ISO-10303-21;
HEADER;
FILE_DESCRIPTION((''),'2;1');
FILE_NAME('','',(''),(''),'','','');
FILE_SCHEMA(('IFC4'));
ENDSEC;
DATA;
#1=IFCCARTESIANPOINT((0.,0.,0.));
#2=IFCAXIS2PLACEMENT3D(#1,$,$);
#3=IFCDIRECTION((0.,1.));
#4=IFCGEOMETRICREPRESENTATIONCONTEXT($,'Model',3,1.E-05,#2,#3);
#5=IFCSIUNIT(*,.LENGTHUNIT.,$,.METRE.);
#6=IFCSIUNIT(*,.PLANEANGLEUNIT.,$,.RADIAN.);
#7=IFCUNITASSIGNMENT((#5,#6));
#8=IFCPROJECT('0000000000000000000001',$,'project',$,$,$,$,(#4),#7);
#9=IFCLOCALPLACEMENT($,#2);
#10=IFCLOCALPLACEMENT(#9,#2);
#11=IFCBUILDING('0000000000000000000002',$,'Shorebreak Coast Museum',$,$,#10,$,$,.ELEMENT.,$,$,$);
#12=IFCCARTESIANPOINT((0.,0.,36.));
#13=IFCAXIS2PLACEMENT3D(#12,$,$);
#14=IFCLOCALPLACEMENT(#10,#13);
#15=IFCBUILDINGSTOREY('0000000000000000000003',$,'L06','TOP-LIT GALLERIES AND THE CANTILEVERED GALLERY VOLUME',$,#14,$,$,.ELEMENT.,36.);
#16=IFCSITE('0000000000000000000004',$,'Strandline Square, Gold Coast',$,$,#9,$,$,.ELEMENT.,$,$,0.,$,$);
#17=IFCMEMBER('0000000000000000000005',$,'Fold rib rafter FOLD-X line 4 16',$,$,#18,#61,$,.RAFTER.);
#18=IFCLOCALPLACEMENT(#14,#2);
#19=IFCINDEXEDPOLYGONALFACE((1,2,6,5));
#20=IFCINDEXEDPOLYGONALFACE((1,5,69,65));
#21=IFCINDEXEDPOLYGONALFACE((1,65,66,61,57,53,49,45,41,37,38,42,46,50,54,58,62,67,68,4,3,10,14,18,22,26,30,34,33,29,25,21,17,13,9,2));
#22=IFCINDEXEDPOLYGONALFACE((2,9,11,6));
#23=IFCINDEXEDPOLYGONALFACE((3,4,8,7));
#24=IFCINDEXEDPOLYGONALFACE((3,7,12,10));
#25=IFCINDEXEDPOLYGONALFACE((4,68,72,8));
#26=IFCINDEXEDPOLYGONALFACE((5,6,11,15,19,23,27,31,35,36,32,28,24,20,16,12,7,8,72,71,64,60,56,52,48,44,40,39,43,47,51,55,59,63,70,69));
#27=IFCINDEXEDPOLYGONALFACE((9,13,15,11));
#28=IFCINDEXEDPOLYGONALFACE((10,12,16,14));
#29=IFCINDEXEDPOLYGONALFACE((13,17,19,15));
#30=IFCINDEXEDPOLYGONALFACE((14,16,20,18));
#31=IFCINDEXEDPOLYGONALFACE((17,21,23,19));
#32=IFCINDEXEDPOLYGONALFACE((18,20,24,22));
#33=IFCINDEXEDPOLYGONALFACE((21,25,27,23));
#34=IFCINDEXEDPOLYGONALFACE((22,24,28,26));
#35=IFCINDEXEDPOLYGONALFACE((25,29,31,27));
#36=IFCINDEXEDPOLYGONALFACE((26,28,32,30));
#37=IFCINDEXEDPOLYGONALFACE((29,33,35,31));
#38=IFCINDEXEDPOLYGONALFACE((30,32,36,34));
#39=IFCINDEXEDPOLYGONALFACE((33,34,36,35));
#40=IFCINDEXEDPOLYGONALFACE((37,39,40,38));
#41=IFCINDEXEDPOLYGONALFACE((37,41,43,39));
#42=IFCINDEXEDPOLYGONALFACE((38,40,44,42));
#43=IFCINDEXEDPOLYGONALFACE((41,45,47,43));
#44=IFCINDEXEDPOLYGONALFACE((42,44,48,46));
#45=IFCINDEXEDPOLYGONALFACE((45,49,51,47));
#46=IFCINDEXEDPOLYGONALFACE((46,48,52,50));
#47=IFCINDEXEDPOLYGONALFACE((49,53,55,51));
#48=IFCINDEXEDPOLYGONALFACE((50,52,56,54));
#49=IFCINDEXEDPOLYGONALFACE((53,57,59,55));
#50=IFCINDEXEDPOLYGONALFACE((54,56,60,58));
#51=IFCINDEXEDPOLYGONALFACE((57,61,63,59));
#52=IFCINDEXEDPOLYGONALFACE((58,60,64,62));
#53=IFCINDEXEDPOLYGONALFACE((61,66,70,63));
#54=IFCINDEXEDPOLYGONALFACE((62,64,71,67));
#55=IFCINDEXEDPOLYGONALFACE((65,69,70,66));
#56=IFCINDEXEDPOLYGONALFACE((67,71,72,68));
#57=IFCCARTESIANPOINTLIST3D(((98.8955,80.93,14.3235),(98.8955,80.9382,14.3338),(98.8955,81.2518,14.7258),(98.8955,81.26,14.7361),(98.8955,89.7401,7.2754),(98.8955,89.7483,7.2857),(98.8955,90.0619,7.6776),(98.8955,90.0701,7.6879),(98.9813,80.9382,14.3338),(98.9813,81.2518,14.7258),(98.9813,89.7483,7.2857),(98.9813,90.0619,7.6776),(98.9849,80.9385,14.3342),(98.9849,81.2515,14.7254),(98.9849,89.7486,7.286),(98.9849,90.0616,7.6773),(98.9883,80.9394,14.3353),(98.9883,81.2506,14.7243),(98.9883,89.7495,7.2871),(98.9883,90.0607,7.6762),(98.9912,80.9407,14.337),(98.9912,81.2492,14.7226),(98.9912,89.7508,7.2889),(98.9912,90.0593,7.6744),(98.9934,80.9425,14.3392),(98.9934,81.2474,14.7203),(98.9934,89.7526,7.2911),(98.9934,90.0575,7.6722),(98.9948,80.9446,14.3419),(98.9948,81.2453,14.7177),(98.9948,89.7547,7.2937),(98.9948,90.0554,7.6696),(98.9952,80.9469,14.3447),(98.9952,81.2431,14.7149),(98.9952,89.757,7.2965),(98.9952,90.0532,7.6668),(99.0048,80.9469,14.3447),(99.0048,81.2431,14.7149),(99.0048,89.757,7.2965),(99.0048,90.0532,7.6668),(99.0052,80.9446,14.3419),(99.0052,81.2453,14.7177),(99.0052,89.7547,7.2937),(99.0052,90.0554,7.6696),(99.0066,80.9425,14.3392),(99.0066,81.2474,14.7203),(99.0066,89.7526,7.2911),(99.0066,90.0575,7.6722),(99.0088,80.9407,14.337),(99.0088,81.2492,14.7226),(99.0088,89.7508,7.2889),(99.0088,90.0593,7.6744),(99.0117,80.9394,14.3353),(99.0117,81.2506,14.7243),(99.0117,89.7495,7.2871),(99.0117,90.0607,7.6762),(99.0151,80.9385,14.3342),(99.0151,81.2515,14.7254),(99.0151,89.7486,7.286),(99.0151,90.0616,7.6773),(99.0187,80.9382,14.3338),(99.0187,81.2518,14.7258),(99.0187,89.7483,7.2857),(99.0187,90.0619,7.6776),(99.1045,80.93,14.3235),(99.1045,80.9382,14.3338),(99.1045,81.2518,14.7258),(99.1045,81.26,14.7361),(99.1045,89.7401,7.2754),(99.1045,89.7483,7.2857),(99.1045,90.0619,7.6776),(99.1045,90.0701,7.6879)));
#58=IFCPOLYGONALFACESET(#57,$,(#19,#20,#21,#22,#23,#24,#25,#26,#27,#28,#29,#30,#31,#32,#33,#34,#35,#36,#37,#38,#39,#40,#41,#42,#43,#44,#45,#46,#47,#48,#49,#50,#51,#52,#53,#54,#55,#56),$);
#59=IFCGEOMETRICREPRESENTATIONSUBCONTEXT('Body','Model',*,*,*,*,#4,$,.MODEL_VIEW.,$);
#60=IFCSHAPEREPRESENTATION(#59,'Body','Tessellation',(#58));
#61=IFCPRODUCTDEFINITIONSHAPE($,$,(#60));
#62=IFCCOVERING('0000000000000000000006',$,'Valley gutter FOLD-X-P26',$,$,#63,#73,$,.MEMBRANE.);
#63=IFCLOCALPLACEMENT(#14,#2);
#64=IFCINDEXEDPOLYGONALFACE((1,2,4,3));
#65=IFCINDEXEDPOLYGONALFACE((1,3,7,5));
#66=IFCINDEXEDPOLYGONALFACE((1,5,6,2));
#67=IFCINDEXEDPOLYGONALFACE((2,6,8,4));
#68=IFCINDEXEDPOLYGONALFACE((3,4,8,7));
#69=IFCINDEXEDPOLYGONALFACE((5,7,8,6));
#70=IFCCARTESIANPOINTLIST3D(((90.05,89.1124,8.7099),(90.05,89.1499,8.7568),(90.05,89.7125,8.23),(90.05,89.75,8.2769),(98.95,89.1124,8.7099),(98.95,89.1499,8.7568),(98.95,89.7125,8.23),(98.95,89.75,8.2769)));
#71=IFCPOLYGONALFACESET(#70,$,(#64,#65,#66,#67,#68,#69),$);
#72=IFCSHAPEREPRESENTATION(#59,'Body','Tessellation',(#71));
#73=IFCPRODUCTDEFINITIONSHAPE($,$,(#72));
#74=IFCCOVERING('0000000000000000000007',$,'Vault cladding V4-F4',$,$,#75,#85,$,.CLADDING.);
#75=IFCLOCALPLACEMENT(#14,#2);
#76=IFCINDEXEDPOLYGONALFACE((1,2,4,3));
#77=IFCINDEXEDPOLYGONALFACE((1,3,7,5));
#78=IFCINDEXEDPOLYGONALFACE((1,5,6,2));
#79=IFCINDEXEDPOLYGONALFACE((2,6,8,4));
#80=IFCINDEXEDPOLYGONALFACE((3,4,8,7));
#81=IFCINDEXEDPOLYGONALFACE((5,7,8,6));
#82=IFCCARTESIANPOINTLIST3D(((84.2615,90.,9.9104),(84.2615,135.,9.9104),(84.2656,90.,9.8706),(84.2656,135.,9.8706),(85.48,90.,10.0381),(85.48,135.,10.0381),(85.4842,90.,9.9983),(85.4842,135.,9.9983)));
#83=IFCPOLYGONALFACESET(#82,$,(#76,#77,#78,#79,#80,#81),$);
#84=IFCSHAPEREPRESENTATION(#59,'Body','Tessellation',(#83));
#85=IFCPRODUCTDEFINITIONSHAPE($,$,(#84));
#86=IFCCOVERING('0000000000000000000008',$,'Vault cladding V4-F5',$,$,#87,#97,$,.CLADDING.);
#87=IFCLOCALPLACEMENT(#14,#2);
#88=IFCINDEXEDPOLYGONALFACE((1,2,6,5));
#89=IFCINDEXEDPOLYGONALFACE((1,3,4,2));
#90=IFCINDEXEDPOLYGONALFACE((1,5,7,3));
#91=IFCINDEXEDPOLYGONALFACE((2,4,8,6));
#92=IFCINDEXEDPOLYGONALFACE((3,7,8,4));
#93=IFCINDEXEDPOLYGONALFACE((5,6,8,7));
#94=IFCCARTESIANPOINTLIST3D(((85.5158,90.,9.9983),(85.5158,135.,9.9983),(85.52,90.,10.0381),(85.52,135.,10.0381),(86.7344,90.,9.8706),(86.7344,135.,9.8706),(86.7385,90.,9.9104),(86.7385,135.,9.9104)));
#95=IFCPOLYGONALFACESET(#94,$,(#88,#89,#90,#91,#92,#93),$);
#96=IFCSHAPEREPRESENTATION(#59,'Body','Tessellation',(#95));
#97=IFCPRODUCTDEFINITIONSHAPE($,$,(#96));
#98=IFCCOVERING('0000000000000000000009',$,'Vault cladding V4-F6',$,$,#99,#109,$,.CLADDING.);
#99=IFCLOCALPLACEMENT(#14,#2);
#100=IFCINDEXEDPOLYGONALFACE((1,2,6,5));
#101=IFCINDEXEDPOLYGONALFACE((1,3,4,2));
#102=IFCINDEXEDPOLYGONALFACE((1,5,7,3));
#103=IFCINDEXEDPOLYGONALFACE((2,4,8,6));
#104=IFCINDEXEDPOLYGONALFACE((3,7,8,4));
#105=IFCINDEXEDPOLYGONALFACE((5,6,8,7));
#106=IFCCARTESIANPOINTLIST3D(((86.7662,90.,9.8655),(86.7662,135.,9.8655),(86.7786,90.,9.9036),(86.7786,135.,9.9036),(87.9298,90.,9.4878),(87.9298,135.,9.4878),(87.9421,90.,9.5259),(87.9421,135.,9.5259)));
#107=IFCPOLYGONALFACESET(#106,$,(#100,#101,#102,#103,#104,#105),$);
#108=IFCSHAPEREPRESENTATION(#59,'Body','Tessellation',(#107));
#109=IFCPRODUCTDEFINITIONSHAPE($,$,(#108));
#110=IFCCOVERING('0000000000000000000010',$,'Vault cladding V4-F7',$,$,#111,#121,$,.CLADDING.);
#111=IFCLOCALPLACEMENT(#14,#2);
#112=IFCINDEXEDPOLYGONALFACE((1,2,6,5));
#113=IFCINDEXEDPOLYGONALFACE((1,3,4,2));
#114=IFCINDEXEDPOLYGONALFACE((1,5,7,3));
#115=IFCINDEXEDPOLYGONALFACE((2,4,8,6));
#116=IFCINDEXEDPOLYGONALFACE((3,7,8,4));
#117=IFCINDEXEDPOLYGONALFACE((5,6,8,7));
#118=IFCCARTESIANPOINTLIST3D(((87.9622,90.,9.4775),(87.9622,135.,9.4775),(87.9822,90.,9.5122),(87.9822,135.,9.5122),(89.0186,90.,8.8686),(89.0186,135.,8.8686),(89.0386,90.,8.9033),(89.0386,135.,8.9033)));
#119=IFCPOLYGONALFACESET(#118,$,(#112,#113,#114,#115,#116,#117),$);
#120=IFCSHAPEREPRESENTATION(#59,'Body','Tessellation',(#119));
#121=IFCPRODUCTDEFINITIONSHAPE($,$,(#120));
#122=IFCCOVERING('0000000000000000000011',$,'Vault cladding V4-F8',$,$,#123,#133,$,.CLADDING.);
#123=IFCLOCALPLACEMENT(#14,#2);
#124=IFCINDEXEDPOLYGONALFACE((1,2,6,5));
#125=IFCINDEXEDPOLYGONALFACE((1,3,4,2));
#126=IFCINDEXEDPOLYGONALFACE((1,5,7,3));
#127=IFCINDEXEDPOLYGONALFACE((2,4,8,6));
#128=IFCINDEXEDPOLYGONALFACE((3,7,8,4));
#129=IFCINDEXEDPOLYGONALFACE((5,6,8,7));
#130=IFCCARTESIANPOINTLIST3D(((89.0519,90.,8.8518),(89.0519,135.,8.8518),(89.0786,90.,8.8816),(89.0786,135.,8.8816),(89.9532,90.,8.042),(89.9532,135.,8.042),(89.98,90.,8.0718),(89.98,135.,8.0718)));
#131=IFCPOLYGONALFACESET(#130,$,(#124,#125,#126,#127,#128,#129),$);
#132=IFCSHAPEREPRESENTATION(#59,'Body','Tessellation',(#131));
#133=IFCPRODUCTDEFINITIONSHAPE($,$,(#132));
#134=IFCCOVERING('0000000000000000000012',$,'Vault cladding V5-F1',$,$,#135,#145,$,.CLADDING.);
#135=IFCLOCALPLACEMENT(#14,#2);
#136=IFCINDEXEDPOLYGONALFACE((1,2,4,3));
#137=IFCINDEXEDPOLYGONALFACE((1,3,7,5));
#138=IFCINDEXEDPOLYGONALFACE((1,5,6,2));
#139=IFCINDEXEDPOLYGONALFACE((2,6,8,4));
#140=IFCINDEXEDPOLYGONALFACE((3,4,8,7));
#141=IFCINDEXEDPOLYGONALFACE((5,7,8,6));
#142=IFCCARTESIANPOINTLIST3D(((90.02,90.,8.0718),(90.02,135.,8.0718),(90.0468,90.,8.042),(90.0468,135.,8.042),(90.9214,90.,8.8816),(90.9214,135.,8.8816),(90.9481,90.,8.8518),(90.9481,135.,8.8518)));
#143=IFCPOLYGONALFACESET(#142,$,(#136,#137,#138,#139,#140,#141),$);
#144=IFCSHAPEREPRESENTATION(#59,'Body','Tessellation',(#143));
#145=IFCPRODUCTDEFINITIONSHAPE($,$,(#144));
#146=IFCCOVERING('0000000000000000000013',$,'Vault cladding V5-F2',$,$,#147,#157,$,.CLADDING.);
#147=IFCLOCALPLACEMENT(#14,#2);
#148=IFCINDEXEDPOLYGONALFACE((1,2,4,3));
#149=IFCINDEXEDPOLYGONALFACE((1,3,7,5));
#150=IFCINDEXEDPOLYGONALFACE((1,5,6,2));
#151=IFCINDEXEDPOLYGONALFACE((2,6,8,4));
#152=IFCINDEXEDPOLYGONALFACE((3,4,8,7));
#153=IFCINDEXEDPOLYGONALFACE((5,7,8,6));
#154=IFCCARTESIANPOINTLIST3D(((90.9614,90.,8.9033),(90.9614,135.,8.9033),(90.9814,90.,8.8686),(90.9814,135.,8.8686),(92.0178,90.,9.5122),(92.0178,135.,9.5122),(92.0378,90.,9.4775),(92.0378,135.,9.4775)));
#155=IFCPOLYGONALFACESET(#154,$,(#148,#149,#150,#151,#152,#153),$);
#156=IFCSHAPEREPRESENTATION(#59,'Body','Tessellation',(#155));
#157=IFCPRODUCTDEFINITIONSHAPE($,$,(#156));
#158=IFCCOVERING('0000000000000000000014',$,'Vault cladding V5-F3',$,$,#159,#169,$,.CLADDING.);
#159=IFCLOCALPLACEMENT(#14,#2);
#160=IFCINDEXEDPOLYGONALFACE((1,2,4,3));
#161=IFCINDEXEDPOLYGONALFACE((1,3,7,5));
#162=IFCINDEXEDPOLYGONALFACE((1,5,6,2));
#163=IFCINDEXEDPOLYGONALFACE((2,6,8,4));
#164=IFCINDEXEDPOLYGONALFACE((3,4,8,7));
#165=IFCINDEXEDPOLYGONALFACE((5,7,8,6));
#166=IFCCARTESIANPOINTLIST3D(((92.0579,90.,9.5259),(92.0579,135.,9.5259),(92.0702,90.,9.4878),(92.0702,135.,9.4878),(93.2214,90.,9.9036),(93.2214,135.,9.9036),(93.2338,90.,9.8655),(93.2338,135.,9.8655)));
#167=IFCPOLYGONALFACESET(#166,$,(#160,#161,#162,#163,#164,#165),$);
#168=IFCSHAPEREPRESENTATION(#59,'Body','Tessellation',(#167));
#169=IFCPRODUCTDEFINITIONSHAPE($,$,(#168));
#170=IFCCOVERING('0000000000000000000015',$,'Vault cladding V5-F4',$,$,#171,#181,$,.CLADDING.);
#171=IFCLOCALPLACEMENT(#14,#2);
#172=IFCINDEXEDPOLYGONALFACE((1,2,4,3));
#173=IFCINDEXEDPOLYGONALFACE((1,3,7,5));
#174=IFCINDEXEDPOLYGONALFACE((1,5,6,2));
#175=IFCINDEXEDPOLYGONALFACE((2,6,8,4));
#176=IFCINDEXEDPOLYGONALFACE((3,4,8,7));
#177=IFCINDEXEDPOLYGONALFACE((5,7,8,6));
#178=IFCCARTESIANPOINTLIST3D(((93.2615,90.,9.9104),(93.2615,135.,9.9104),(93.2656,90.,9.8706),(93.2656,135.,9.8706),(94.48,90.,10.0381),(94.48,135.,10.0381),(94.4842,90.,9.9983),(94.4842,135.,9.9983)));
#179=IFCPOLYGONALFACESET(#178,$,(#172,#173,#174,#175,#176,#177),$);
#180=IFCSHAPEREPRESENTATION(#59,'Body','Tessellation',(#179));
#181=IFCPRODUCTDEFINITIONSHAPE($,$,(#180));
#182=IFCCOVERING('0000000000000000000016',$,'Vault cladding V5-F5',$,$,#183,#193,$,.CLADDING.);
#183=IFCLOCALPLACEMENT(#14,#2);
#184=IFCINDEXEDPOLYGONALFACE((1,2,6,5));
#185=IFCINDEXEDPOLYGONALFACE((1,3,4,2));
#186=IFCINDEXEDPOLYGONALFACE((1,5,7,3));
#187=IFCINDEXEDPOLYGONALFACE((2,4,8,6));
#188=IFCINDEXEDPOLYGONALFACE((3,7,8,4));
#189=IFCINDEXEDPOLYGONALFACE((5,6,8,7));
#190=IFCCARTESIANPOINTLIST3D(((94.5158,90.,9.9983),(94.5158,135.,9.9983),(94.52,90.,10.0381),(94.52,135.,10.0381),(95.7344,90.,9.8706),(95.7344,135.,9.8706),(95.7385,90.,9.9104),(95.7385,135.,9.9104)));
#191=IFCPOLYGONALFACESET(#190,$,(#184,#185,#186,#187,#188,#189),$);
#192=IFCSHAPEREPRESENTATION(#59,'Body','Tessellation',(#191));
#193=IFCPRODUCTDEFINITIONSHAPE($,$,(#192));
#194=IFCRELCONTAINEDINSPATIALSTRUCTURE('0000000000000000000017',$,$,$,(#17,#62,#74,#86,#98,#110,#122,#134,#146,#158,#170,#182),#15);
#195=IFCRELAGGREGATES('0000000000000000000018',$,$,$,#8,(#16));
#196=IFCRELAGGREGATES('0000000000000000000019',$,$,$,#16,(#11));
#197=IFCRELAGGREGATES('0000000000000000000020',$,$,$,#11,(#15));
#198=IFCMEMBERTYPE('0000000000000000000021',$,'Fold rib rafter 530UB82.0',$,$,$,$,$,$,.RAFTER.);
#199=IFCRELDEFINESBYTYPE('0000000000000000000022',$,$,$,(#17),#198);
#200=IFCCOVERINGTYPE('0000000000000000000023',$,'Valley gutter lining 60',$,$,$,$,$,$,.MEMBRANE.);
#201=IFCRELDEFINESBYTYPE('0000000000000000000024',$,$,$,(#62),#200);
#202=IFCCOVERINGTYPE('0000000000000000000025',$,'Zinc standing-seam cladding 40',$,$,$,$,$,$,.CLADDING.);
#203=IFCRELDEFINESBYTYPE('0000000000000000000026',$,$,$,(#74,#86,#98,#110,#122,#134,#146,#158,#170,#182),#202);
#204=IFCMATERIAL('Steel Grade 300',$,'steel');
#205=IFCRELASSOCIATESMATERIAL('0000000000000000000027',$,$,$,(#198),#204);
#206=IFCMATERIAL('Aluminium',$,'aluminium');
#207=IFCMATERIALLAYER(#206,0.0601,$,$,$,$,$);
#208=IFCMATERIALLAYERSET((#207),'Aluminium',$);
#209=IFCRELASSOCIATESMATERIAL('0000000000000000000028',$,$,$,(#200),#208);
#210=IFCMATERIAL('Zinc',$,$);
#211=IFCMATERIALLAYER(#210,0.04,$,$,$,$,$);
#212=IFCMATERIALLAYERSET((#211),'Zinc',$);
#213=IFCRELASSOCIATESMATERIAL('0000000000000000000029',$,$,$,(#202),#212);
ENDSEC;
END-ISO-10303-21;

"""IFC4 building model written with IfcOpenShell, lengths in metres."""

from ifc_helpers import new_model, si_unit, direction, frame, origin, origin_2d, place, context, subcontext, project, spatial, polyline, i_section, outline, extrude, material, layer, layer_set, material_profile, profile_set, type_object, element, save


model = new_model("IFC4")

# Units and contexts
model_context = context("Model", 3, precision=1e-05, world=origin(), true_north=direction((0.0, 1.0)))
body_context = subcontext(model_context, "Body", "Model", "MODEL_VIEW")
ifc_project = project(units=[si_unit("LENGTHUNIT", "METRE"), si_unit("PLANEANGLEUNIT", "RADIAN")], contexts=[model_context])

# Site, building, storey
site_placement = place(None, origin())
site = spatial("IfcSite", under=ifc_project, at=site_placement, Name="Strandline Square, Gold Coast", CompositionType="ELEMENT", RefElevation=0.0)
building_placement = place(site_placement, origin())
building = spatial("IfcBuilding", under=site, at=building_placement, Name="Shorebreak Coast Museum", CompositionType="ELEMENT")
storey_placement = place(building_placement, frame((0.0, 0.0, 36.0)))
storey = spatial("IfcBuildingStorey", under=building, at=storey_placement, Name="L06", Description="TOP-LIT GALLERIES AND THE CANTILEVERED GALLERY VOLUME", CompositionType="ELEMENT", Elevation=36.0)

# Member
ifc_material_1 = material(Name="Steel Grade 300", Category="steel")
ifc_material_profile_1 = material_profile(ifc_material_1, i_section(OverallWidth=0.209, OverallDepth=0.5283, WebThickness=0.0095, FlangeThickness=0.0132, FilletRadius=0.0139, at=origin_2d()), Name="530UB82.0")
ifc_profile_set_1 = profile_set([ifc_material_profile_1], Name="Steel Grade 300")
member_type_1 = type_object("IfcMemberType", Name="Fold rib rafter 530UB82.0", PredefinedType="RAFTER", material=ifc_profile_set_1)
for number, where, z_axis, x_axis, name in (
    (1, (99.0, 81.095, 14.5298), (0.0, 0.780867, -0.624698), (-1.0, 0.0, 0.0), "Fold rib rafter FOLD-X line 4 16"),
):
    element("IfcMember", number, at=place(storey_placement, frame(where, z_axis=z_axis, x_axis=x_axis)), inside=storey, type_object=member_type_1, Name=name, PredefinedType="RAFTER", context=body_context, shape_type="SweptSolid", body=[
        extrude(i_section(OverallWidth=0.209, OverallDepth=0.5283, WebThickness=0.0095, FlangeThickness=0.0132, FilletRadius=0.0139, at=origin_2d()), origin(), (0.0, 0.0, 1.0), 11.2825),
    ])

# Coverings
ifc_material_2 = material(Name="Aluminium", Category="aluminium")
ifc_layer_1 = layer(ifc_material_2, 0.0601)
ifc_layer_set_1 = layer_set([ifc_layer_1], Name="Aluminium")
covering_type_1 = type_object("IfcCoveringType", Name="Valley gutter lining 60", PredefinedType="MEMBRANE", material=ifc_layer_set_1)
covering_1_placement = place(storey_placement, frame((90.05, 89.1499, 8.7568), z_axis=(0.0, 0.624618, 0.780931), x_axis=(1.0, 0.0, 0.0)))
element("IfcCovering", 2, at=covering_1_placement, inside=storey, type_object=covering_type_1, Name="Valley gutter FOLD-X-P26", PredefinedType="MEMBRANE", context=body_context, shape_type="SweptSolid", body=[
    extrude(outline(polyline([(0.0, 0.0), (8.8999, 0.0), (8.8999, 0.7684), (0.0, 0.7684), (0.0, 0.0)])), origin(), (0.0, 0.0, -1.0), 0.0601),
])
ifc_material_3 = material(Name="Zinc")
ifc_layer_2 = layer(ifc_material_3, 0.04)
ifc_layer_set_2 = layer_set([ifc_layer_2], Name="Zinc")
covering_type_2 = type_object("IfcCoveringType", Name="Zinc standing-seam cladding 40", PredefinedType="CLADDING", material=ifc_layer_set_2)
for number, where, z_axis, x_axis, name in (
    (3, (84.2615, 90.0, 9.9104), (-0.104218, 0.0, 0.994554), (0.994554, 0.0, 0.104218), "Vault cladding V4-F4"),
    (4, (85.52, 90.0, 10.0381), (0.104218, 0.0, 0.994554), (0.994554, 0.0, -0.104218), "Vault cladding V4-F5"),
):
    element("IfcCovering", number, at=place(storey_placement, frame(where, z_axis=z_axis, x_axis=x_axis)), inside=storey, type_object=covering_type_2, Name=name, PredefinedType="CLADDING", context=body_context, shape_type="SweptSolid", body=[
        extrude(outline(polyline([(0.0, 0.0), (1.2252, 0.0), (1.2252, 45.0), (0.0, 45.0), (0.0, 0.0)])), origin(), (0.0, 0.0, -1.0), 0.04),
    ])
covering_2_placement = place(storey_placement, frame((86.7786, 90.0, 9.9036), z_axis=(0.308734, 0.0, 0.951148), x_axis=(0.951148, 0.0, -0.308734)))
element("IfcCovering", 5, at=covering_2_placement, inside=storey, type_object=covering_type_2, Name="Vault cladding V4-F6", PredefinedType="CLADDING", context=body_context, shape_type="SweptSolid", body=[
    extrude(outline(polyline([(0.0, 0.0), (1.2233, 0.0), (1.2233, 45.0), (0.0, 45.0), (0.0, 0.0)])), origin(), (0.0, 0.0, -1.0), 0.04),
])
covering_3_placement = place(storey_placement, frame((87.9822, 90.0, 9.5122), z_axis=(0.49937, 0.0, 0.866389), x_axis=(0.866389, 0.0, -0.49937)))
element("IfcCovering", 6, at=covering_3_placement, inside=storey, type_object=covering_type_2, Name="Vault cladding V4-F7", PredefinedType="CLADDING", context=body_context, shape_type="SweptSolid", body=[
    extrude(outline(polyline([(0.0, 0.0), (1.2193, 0.0), (1.2193, 45.0), (0.0, 45.0), (0.0, 0.0)])), origin(), (0.0, 0.0, -1.0), 0.04),
])
for number, where, z_axis, x_axis, name in (
    (7, (89.0786, 90.0, 8.8816), (0.668319, 0.0, 0.743875), (0.743875, 0.0, -0.668319), "Vault cladding V4-F8"),
    (8, (90.02, 90.0, 8.0718), (-0.668319, 0.0, 0.743875), (0.743875, 0.0, 0.668319), "Vault cladding V5-F1"),
):
    element("IfcCovering", number, at=place(storey_placement, frame(where, z_axis=z_axis, x_axis=x_axis)), inside=storey, type_object=covering_type_2, Name=name, PredefinedType="CLADDING", context=body_context, shape_type="SweptSolid", body=[
        extrude(outline(polyline([(0.0, 0.0), (1.2117, 0.0), (1.2117, 45.0), (0.0, 45.0), (0.0, 0.0)])), origin(), (0.0, 0.0, -1.0), 0.04),
    ])
covering_4_placement = place(storey_placement, frame((90.9614, 90.0, 8.9033), z_axis=(-0.49937, 0.0, 0.866389), x_axis=(0.866389, 0.0, 0.49937)))
element("IfcCovering", 9, at=covering_4_placement, inside=storey, type_object=covering_type_2, Name="Vault cladding V5-F2", PredefinedType="CLADDING", context=body_context, shape_type="SweptSolid", body=[
    extrude(outline(polyline([(0.0, 0.0), (1.2193, 0.0), (1.2193, 45.0), (0.0, 45.0), (0.0, 0.0)])), origin(), (0.0, 0.0, -1.0), 0.04),
])
covering_5_placement = place(storey_placement, frame((92.0579, 90.0, 9.5259), z_axis=(-0.308734, 0.0, 0.951148), x_axis=(0.951148, 0.0, 0.308734)))
element("IfcCovering", 10, at=covering_5_placement, inside=storey, type_object=covering_type_2, Name="Vault cladding V5-F3", PredefinedType="CLADDING", context=body_context, shape_type="SweptSolid", body=[
    extrude(outline(polyline([(0.0, 0.0), (1.2233, 0.0), (1.2233, 45.0), (0.0, 45.0), (0.0, 0.0)])), origin(), (0.0, 0.0, -1.0), 0.04),
])
for number, where, z_axis, x_axis, name in (
    (11, (93.2615, 90.0, 9.9104), (-0.104218, 0.0, 0.994554), (0.994554, 0.0, 0.104218), "Vault cladding V5-F4"),
    (12, (94.52, 90.0, 10.0381), (0.104218, 0.0, 0.994554), (0.994554, 0.0, -0.104218), "Vault cladding V5-F5"),
):
    element("IfcCovering", number, at=place(storey_placement, frame(where, z_axis=z_axis, x_axis=x_axis)), inside=storey, type_object=covering_type_2, Name=name, PredefinedType="CLADDING", context=body_context, shape_type="SweptSolid", body=[
        extrude(outline(polyline([(0.0, 0.0), (1.2252, 0.0), (1.2252, 45.0), (0.0, 45.0), (0.0, 0.0)])), origin(), (0.0, 0.0, -1.0), 0.04),
    ])

save(model, "model.ifc")
